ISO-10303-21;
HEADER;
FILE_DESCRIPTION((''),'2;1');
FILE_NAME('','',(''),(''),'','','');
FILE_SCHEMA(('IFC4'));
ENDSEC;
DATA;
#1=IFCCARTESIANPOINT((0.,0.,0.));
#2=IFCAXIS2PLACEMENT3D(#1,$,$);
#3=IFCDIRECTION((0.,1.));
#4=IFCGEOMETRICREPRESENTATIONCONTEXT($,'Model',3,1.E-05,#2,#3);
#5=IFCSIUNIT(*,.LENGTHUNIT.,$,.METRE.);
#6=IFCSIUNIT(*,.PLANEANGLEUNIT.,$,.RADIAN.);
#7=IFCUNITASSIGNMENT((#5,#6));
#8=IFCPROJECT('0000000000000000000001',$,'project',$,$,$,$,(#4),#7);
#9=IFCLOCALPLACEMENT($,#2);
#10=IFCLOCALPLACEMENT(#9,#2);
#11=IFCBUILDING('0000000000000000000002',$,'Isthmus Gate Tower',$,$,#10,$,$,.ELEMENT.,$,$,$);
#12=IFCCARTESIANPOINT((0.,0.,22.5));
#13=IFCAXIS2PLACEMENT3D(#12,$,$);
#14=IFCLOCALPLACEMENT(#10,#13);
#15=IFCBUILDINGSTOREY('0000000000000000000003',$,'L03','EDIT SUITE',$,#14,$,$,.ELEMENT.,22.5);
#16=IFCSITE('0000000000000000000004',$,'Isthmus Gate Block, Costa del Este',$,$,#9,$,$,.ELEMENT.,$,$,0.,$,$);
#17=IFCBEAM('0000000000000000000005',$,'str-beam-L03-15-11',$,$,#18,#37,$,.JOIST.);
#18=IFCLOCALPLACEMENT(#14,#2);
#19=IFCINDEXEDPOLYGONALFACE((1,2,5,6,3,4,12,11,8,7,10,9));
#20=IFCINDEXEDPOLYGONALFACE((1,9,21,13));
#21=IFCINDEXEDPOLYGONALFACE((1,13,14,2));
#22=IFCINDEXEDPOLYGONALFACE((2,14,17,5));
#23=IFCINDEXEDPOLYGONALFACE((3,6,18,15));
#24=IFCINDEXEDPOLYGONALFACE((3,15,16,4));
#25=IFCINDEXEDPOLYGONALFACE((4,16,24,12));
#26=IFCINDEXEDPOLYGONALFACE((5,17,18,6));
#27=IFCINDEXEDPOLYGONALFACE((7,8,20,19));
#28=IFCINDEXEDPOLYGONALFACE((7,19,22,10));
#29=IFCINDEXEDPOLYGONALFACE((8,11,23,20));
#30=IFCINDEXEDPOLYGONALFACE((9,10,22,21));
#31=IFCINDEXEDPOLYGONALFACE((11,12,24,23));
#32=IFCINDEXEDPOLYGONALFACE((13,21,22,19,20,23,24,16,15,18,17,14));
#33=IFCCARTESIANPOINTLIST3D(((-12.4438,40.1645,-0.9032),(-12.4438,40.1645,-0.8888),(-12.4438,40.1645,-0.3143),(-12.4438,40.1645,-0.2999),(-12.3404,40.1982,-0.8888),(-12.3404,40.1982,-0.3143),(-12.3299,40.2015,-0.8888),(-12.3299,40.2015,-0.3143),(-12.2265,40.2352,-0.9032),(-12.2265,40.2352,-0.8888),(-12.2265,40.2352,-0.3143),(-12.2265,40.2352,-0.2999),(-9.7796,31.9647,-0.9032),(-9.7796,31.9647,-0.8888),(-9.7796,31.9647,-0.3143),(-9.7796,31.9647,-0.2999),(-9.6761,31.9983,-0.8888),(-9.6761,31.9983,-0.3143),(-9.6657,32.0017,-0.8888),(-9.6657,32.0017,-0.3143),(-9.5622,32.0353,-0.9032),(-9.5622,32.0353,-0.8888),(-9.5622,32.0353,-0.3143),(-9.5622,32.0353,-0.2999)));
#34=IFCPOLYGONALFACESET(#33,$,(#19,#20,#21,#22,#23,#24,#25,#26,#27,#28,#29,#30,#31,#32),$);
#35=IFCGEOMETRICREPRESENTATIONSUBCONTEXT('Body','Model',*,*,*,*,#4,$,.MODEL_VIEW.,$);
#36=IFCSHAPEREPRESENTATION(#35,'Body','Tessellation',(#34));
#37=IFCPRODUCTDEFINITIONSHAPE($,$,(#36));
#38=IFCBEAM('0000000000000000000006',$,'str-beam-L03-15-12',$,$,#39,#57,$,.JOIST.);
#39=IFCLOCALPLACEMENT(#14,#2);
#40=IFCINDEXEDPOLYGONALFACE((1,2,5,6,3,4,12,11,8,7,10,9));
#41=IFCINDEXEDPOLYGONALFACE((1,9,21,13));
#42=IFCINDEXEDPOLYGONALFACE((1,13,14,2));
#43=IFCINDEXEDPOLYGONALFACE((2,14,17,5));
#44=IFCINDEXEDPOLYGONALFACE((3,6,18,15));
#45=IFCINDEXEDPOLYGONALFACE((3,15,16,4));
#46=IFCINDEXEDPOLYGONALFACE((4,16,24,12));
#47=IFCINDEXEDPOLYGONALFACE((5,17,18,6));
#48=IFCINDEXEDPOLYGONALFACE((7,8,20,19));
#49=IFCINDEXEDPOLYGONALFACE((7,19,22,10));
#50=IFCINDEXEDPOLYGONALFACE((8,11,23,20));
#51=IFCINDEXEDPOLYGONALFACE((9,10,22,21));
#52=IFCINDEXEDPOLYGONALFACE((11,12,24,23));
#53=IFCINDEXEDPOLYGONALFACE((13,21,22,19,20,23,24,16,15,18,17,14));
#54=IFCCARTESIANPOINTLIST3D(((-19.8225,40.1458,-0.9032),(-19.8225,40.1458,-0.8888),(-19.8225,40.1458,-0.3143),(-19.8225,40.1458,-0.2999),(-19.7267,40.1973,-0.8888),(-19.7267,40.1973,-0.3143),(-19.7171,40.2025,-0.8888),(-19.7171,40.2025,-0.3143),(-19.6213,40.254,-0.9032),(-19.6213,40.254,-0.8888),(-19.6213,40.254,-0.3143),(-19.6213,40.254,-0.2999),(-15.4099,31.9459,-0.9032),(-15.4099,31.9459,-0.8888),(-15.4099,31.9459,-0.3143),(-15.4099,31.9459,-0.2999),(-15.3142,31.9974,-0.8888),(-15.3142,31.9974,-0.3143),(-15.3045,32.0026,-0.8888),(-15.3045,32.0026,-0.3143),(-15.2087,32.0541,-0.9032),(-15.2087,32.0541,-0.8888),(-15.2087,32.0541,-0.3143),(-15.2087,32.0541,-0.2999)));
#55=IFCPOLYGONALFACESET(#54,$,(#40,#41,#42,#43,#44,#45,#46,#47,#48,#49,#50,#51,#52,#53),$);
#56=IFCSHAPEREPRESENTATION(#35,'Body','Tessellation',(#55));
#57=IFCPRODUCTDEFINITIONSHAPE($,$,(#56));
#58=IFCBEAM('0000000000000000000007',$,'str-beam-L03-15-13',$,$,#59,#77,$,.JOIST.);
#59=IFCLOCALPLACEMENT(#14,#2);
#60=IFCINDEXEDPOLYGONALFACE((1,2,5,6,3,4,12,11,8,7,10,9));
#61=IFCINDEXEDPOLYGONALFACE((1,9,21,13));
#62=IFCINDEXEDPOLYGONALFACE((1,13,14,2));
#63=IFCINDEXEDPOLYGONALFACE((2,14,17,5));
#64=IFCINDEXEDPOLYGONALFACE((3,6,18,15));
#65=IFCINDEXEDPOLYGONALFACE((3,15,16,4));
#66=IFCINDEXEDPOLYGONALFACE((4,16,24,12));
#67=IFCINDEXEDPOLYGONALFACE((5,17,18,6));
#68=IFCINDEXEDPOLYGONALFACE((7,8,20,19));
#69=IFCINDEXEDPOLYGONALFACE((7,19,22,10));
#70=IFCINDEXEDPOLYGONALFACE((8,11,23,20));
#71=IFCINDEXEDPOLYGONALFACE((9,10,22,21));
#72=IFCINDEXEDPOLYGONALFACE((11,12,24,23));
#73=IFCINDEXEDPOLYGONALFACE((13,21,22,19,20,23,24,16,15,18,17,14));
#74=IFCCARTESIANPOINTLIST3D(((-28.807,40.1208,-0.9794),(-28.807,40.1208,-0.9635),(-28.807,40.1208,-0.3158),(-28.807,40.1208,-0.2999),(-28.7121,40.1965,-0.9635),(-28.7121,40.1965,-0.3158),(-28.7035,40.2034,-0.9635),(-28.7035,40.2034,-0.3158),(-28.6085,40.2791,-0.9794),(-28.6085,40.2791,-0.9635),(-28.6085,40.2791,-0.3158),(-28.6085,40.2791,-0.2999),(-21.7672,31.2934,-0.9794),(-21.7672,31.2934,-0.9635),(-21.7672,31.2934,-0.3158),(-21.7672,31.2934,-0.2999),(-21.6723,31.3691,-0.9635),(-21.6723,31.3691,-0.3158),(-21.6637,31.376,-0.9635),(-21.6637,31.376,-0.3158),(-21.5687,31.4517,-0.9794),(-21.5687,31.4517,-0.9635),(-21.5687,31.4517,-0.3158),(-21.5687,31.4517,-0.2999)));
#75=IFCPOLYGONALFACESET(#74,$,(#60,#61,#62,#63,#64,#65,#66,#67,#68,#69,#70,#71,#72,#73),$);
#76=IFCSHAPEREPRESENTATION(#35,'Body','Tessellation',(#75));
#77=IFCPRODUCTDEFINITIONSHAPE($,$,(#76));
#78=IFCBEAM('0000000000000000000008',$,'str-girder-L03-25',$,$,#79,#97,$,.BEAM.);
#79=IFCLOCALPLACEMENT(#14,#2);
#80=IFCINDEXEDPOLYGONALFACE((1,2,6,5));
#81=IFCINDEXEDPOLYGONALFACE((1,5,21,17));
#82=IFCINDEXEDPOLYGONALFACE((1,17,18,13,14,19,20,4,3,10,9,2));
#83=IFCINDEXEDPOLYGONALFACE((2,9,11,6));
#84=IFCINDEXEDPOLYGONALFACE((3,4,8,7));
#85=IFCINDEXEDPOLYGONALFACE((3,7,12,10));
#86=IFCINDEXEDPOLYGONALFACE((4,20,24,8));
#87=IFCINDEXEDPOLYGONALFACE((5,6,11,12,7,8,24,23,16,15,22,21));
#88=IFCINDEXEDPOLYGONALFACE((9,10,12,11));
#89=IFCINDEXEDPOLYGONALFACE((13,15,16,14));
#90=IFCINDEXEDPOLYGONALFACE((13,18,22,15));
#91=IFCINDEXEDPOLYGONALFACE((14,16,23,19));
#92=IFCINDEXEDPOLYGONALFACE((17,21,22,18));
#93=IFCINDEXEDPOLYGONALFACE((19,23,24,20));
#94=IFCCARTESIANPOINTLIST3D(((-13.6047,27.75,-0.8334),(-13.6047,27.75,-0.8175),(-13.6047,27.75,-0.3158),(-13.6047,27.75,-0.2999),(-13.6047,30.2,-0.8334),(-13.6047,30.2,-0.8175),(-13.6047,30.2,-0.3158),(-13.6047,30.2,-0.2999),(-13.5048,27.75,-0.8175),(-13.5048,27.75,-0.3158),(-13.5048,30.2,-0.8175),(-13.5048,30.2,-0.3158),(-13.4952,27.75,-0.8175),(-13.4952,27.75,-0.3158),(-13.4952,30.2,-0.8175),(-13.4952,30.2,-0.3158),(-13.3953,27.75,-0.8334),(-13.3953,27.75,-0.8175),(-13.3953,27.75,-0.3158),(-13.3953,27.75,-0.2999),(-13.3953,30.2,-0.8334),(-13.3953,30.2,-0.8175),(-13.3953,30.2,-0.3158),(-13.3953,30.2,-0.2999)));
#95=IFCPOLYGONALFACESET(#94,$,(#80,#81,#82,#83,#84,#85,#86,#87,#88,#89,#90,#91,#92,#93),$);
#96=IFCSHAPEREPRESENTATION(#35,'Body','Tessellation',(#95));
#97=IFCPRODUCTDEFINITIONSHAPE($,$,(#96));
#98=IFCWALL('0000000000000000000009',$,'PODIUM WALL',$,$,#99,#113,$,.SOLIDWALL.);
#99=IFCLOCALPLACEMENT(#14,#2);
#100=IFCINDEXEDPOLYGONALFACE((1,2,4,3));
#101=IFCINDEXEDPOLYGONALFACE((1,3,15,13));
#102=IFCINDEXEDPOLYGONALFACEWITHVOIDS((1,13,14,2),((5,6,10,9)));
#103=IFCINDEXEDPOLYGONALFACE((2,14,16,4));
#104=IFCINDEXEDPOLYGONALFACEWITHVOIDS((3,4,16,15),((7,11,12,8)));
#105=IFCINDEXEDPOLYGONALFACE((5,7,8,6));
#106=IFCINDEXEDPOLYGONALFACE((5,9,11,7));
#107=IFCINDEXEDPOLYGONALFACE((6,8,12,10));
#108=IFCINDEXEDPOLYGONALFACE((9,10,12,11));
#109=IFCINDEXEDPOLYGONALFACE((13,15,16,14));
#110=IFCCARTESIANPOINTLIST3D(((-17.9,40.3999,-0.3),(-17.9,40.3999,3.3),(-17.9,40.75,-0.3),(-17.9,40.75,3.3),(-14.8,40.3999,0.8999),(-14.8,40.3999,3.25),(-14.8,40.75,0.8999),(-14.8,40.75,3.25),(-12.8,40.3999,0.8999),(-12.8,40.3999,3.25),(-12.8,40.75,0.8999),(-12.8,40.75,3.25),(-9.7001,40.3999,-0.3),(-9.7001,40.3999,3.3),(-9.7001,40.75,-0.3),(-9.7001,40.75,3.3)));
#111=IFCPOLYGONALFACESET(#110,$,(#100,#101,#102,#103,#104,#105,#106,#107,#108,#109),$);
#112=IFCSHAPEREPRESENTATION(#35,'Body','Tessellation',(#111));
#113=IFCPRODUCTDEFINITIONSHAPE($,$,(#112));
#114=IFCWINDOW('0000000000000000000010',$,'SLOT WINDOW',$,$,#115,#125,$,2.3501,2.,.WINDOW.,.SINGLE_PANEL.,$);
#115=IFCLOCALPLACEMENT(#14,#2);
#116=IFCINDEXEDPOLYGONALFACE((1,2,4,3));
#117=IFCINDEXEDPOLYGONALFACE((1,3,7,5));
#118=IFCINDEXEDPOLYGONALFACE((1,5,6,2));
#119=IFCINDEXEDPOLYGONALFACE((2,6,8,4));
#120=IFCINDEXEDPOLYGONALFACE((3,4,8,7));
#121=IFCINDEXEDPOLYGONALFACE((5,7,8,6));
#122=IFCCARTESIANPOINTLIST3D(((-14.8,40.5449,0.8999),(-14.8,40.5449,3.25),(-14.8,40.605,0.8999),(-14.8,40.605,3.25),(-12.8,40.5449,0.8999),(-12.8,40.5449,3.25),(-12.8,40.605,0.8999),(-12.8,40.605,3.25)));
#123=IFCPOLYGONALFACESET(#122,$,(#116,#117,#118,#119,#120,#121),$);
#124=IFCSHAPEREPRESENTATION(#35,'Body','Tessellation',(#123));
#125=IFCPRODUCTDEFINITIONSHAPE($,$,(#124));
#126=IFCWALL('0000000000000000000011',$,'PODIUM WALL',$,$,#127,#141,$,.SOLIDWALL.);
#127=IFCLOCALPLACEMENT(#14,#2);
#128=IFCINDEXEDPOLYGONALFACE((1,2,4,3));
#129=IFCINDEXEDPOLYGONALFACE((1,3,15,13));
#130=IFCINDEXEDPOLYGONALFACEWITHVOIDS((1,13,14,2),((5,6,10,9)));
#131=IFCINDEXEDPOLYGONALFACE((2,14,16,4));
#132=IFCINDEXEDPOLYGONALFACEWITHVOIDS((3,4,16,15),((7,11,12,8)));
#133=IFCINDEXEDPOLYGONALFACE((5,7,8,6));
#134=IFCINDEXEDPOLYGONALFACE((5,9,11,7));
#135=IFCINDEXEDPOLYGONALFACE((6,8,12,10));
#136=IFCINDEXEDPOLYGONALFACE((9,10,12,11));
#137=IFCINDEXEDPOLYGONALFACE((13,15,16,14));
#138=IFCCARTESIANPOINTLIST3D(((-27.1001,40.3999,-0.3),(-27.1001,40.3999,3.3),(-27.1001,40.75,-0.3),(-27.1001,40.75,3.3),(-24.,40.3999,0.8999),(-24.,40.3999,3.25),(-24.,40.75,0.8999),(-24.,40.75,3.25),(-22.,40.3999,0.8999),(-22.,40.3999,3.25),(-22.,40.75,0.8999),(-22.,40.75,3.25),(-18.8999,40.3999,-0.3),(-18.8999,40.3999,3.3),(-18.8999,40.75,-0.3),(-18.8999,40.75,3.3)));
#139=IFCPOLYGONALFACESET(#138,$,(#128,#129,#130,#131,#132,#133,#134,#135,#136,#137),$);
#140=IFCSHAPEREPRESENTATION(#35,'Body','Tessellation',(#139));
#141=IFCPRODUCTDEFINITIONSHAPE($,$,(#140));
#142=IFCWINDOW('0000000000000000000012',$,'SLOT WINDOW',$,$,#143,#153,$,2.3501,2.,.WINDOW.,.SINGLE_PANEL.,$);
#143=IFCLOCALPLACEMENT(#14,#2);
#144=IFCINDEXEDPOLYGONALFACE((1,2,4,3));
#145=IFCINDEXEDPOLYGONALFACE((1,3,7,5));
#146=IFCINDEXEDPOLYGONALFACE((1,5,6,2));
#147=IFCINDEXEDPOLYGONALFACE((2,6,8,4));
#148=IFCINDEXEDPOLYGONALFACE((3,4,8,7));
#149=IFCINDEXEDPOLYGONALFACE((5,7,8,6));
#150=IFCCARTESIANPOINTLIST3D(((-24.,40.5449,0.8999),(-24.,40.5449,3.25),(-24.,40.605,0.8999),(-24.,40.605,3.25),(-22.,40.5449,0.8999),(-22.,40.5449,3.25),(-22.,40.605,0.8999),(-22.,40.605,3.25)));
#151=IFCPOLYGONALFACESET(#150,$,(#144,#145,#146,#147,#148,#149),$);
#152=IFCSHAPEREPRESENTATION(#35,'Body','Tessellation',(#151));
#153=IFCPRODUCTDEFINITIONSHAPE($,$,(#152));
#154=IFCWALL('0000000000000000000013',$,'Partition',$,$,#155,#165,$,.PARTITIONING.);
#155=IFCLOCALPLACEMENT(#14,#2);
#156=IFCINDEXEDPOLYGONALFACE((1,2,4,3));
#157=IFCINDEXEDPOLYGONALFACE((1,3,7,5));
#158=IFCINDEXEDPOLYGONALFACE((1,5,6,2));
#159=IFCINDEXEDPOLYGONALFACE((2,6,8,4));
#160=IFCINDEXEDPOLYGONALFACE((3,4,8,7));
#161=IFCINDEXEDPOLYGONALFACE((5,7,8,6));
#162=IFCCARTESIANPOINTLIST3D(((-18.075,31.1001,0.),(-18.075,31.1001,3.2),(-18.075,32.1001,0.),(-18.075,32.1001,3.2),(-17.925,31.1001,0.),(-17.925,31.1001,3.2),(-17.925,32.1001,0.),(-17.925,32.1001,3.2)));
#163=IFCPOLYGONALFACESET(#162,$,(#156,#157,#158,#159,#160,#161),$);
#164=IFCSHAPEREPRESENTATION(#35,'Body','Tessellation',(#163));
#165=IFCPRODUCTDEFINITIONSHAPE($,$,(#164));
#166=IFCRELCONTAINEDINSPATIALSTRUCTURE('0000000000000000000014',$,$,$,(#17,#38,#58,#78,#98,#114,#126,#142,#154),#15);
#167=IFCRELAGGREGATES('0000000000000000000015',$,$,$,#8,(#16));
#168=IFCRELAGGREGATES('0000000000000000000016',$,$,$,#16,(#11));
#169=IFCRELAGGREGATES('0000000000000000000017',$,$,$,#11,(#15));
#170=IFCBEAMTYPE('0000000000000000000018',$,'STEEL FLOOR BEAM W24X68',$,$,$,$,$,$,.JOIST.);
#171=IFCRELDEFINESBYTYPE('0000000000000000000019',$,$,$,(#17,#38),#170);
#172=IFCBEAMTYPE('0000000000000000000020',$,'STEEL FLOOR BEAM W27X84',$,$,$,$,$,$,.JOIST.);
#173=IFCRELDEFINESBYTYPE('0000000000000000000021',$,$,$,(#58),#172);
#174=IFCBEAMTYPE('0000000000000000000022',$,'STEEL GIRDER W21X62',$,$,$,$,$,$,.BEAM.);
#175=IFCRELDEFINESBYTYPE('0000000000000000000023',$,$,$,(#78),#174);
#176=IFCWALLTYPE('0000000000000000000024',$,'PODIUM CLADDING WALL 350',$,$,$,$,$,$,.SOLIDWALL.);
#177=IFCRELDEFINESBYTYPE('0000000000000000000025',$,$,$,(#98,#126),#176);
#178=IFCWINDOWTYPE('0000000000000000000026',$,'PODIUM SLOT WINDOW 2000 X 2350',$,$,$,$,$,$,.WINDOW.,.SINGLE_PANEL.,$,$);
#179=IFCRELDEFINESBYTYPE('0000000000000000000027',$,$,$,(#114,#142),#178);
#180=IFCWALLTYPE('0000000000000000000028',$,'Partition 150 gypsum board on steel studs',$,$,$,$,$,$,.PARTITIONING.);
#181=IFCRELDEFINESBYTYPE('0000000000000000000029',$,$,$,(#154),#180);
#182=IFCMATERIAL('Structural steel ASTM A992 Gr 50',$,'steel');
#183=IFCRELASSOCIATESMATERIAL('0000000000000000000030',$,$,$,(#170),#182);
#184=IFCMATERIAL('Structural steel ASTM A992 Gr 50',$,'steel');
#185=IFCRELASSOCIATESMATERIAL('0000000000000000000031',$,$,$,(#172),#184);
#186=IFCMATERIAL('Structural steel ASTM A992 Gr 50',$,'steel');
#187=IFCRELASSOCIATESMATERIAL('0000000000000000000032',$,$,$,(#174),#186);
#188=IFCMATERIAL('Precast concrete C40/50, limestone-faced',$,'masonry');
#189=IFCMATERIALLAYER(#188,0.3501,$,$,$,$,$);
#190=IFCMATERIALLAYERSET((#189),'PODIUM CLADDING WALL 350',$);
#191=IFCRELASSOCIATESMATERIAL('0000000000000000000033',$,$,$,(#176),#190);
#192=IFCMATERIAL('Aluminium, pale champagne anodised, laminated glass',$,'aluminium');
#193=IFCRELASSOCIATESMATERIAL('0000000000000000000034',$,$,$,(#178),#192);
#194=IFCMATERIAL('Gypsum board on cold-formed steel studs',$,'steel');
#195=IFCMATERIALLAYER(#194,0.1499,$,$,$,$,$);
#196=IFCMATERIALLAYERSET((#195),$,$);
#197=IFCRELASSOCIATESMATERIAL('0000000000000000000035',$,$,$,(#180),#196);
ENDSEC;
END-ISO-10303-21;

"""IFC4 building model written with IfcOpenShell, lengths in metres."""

from ifc_helpers import new_model, si_unit, direction, frame, frame_2d, origin, origin_2d, place, context, subcontext, project, spatial, rectangle, i_section, extrude, material, layer, layer_set, material_profile, profile_set, type_object, element, fill, save


model = new_model("IFC4")

# Units and contexts
model_context = context("Model", 3, precision=1e-05, world=origin(), true_north=direction((0.0, 1.0)))
body_context = subcontext(model_context, "Body", "Model", "MODEL_VIEW")
ifc_project = project(units=[si_unit("LENGTHUNIT", "METRE"), si_unit("PLANEANGLEUNIT", "RADIAN")], contexts=[model_context])

# Site, building, storey
site_placement = place(None, origin())
site = spatial("IfcSite", under=ifc_project, at=site_placement, Name="Isthmus Gate Block, Costa del Este", CompositionType="ELEMENT", RefElevation=0.0)
building_placement = place(site_placement, origin())
building = spatial("IfcBuilding", under=site, at=building_placement, Name="Isthmus Gate Tower", CompositionType="ELEMENT")
storey_placement = place(building_placement, frame((0.0, 0.0, 22.5)))
storey = spatial("IfcBuildingStorey", under=building, at=storey_placement, Name="L03", Description="EDIT SUITE", CompositionType="ELEMENT", Elevation=22.5)

# Beams
ifc_material_1 = material(Name="Structural steel ASTM A992 Gr 50", Category="steel")
ifc_material_profile_1 = material_profile(ifc_material_1, i_section(OverallWidth=0.2285, OverallDepth=0.6033, WebThickness=0.011, FlangeThickness=0.0144, at=origin_2d()), Name="W24X68")
ifc_profile_set_1 = profile_set([ifc_material_profile_1], Name="Structural steel ASTM A992 Gr 50")
beam_type_1 = type_object("IfcBeamType", Name="STEEL FLOOR BEAM W24X68", PredefinedType="JOIST", material=ifc_profile_set_1)
beam_1_placement = place(storey_placement, frame((-9.6709, 32.0, -0.6016), z_axis=(-0.309015, 0.951057, 0.0), x_axis=(-0.951057, -0.309015, 0.0)))
element("IfcBeam", 1, at=beam_1_placement, inside=storey, type_object=beam_type_1, Name="str-beam-L03-15-11", PredefinedType="JOIST", context=body_context, shape_type="SweptSolid", body=[
    extrude(i_section(OverallWidth=0.2285, OverallDepth=0.6033, WebThickness=0.011, FlangeThickness=0.0144, at=origin_2d()), origin(), (0.0, 0.0, 1.0), 8.6218),
])
beam_2_placement = place(storey_placement, frame((-15.3093, 32.0, -0.6016), z_axis=(-0.47387, 0.880595, 0.0), x_axis=(-0.880595, -0.47387, 0.0)))
element("IfcBeam", 2, at=beam_2_placement, inside=storey, type_object=beam_type_1, Name="str-beam-L03-15-12", PredefinedType="JOIST", context=body_context, shape_type="SweptSolid", body=[
    extrude(i_section(OverallWidth=0.2285, OverallDepth=0.6033, WebThickness=0.011, FlangeThickness=0.0144, at=origin_2d()), origin(), (0.0, 0.0, 1.0), 9.3118),
])
ifc_material_2 = material(Name="Structural steel ASTM A992 Gr 50", Category="steel")
ifc_material_profile_2 = material_profile(ifc_material_2, i_section(OverallWidth=0.2539, OverallDepth=0.6794, WebThickness=0.011, FlangeThickness=0.0159, at=origin_2d()), Name="W27X84")
ifc_profile_set_2 = profile_set([ifc_material_profile_2], Name="Structural steel ASTM A992 Gr 50")
beam_type_2 = type_object("IfcBeamType", Name="STEEL FLOOR BEAM W27X84", PredefinedType="JOIST", material=ifc_profile_set_2)
beam_3_placement = place(storey_placement, frame((-21.668, 31.3726, -0.6396), z_axis=(-0.6235, 0.781824, 0.0), x_axis=(-0.781824, -0.6235, 0.0)))
element("IfcBeam", 3, at=beam_3_placement, inside=storey, type_object=beam_type_2, Name="str-beam-L03-15-13", PredefinedType="JOIST", context=body_context, shape_type="SweptSolid", body=[
    extrude(i_section(OverallWidth=0.2539, OverallDepth=0.6794, WebThickness=0.011, FlangeThickness=0.0159, at=origin_2d()), origin(), (0.0, 0.0, 1.0), 11.2908),
])
ifc_material_3 = material(Name="Structural steel ASTM A992 Gr 50", Category="steel")
ifc_material_profile_3 = material_profile(ifc_material_3, i_section(OverallWidth=0.2095, OverallDepth=0.5334, WebThickness=0.0095, FlangeThickness=0.0159, at=origin_2d()), Name="W21X62")
ifc_profile_set_3 = profile_set([ifc_material_profile_3], Name="Structural steel ASTM A992 Gr 50")
beam_type_3 = type_object("IfcBeamType", Name="STEEL GIRDER W21X62", PredefinedType="BEAM", material=ifc_profile_set_3)
beam_4_placement = place(storey_placement, frame((-13.5, 27.75, -0.5667), z_axis=(0.0, 1.0, 0.0), x_axis=(-1.0, 0.0, 0.0)))
element("IfcBeam", 4, at=beam_4_placement, inside=storey, type_object=beam_type_3, Name="str-girder-L03-25", PredefinedType="BEAM", context=body_context, shape_type="SweptSolid", body=[
    extrude(i_section(OverallWidth=0.2095, OverallDepth=0.5334, WebThickness=0.0095, FlangeThickness=0.0159, at=origin_2d()), origin(), (0.0, 0.0, 1.0), 2.45),
])

# Walls, openings, windows
ifc_material_4 = material(Name="Precast concrete C40/50, limestone-faced", Category="masonry")
ifc_layer_1 = layer(ifc_material_4, 0.3501)
ifc_layer_set_1 = layer_set([ifc_layer_1], Name="PODIUM CLADDING WALL 350")
wall_type_1 = type_object("IfcWallType", Name="PODIUM CLADDING WALL 350", PredefinedType="SOLIDWALL", material=ifc_layer_set_1)
wall_1_placement = place(storey_placement, frame((-9.7, 40.575, -0.3), z_axis=(0.0, 0.0, 1.0), x_axis=(-1.0, 0.0, 0.0)))
wall_1 = element("IfcWall", 5, at=wall_1_placement, inside=storey, type_object=wall_type_1, Name="PODIUM WALL", PredefinedType="SOLIDWALL", context=body_context, shape_type="SweptSolid", body=[
    extrude(rectangle(XDim=8.2, YDim=0.3501, at=frame_2d((4.1001, 0.0))), origin(), (0.0, 0.0, 1.0), 3.6001),
])
opening_1_placement = place(wall_1_placement, frame((3.1001, 0.0, 1.2)))
opening_1 = element("IfcOpeningElement", 6, at=opening_1_placement, cuts=wall_1, PredefinedType="OPENING", context=body_context, shape_type="SweptSolid", body=[
    extrude(rectangle(XDim=2.0, YDim=2.3501, at=frame_2d((1.0, 1.175))), frame((0.0, 0.1851, 0.0), z_axis=(0.0, -1.0, 0.0), x_axis=(1.0, 0.0, 0.0)), (0.0, 0.0, 1.0), 0.3701),
])
ifc_material_5 = material(Name="Aluminium, pale champagne anodised, laminated glass", Category="aluminium")
window_type = type_object("IfcWindowType", Name="PODIUM SLOT WINDOW 2000 X 2350", PartitioningType="SINGLE_PANEL", PredefinedType="WINDOW", material=ifc_material_5)
window_1_placement = place(opening_1_placement, origin())
window_1 = element("IfcWindow", 7, at=window_1_placement, inside=storey, type_object=window_type, Name="SLOT WINDOW", OverallHeight=2.3501, OverallWidth=2.0, PartitioningType="SINGLE_PANEL", PredefinedType="WINDOW", context=body_context, shape_type="SweptSolid", body=[
    extrude(rectangle(XDim=2.0, YDim=2.3501, at=frame_2d((1.0, 1.175))), frame((0.0, 0.03, 0.0), z_axis=(0.0, -1.0, 0.0), x_axis=(1.0, 0.0, 0.0)), (0.0, 0.0, 1.0), 0.0601),
])
fill(opening_1, window_1)
wall_2_placement = place(storey_placement, frame((-18.8999, 40.575, -0.3), z_axis=(0.0, 0.0, 1.0), x_axis=(-1.0, 0.0, 0.0)))
wall_2 = element("IfcWall", 8, at=wall_2_placement, inside=storey, type_object=wall_type_1, Name="PODIUM WALL", PredefinedType="SOLIDWALL", context=body_context, shape_type="SweptSolid", body=[
    extrude(rectangle(XDim=8.2002, YDim=0.3501, at=frame_2d((4.1001, 0.0))), origin(), (0.0, 0.0, 1.0), 3.6001),
])
opening_2_placement = place(wall_2_placement, frame((3.1001, 0.0, 1.2)))
opening_2 = element("IfcOpeningElement", 9, at=opening_2_placement, cuts=wall_2, PredefinedType="OPENING", context=body_context, shape_type="SweptSolid", body=[
    extrude(rectangle(XDim=2.0, YDim=2.3501, at=frame_2d((1.0, 1.175))), frame((0.0, 0.1851, 0.0), z_axis=(0.0, -1.0, 0.0), x_axis=(1.0, 0.0, 0.0)), (0.0, 0.0, 1.0), 0.3701),
])
window_2_placement = place(opening_2_placement, origin())
window_2 = element("IfcWindow", 10, at=window_2_placement, inside=storey, type_object=window_type, Name="SLOT WINDOW", OverallHeight=2.3501, OverallWidth=2.0, PartitioningType="SINGLE_PANEL", PredefinedType="WINDOW", context=body_context, shape_type="SweptSolid", body=[
    extrude(rectangle(XDim=2.0, YDim=2.3501, at=frame_2d((1.0, 1.175))), frame((0.0, 0.03, 0.0), z_axis=(0.0, -1.0, 0.0), x_axis=(1.0, 0.0, 0.0)), (0.0, 0.0, 1.0), 0.0601),
])
fill(opening_2, window_2)

# Wall
ifc_material_6 = material(Name="Gypsum board on cold-formed steel studs", Category="steel")
ifc_layer_2 = layer(ifc_material_6, 0.1499)
ifc_layer_set_2 = layer_set([ifc_layer_2])
wall_type_2 = type_object("IfcWallType", Name="Partition 150 gypsum board on steel studs", PredefinedType="PARTITIONING", material=ifc_layer_set_2)
wall_3_placement = place(storey_placement, frame((-18.0, 31.1001, 0.0), z_axis=(0.0, 0.0, 1.0), x_axis=(0.0, 1.0, 0.0)))
element("IfcWall", 11, at=wall_3_placement, inside=storey, type_object=wall_type_2, Name="Partition", PredefinedType="PARTITIONING", context=body_context, shape_type="SweptSolid", body=[
    extrude(rectangle(XDim=1.0, YDim=0.1499, at=frame_2d((0.5, 0.0))), origin(), (0.0, 0.0, 1.0), 3.2),
])

save(model, "model.ifc")
